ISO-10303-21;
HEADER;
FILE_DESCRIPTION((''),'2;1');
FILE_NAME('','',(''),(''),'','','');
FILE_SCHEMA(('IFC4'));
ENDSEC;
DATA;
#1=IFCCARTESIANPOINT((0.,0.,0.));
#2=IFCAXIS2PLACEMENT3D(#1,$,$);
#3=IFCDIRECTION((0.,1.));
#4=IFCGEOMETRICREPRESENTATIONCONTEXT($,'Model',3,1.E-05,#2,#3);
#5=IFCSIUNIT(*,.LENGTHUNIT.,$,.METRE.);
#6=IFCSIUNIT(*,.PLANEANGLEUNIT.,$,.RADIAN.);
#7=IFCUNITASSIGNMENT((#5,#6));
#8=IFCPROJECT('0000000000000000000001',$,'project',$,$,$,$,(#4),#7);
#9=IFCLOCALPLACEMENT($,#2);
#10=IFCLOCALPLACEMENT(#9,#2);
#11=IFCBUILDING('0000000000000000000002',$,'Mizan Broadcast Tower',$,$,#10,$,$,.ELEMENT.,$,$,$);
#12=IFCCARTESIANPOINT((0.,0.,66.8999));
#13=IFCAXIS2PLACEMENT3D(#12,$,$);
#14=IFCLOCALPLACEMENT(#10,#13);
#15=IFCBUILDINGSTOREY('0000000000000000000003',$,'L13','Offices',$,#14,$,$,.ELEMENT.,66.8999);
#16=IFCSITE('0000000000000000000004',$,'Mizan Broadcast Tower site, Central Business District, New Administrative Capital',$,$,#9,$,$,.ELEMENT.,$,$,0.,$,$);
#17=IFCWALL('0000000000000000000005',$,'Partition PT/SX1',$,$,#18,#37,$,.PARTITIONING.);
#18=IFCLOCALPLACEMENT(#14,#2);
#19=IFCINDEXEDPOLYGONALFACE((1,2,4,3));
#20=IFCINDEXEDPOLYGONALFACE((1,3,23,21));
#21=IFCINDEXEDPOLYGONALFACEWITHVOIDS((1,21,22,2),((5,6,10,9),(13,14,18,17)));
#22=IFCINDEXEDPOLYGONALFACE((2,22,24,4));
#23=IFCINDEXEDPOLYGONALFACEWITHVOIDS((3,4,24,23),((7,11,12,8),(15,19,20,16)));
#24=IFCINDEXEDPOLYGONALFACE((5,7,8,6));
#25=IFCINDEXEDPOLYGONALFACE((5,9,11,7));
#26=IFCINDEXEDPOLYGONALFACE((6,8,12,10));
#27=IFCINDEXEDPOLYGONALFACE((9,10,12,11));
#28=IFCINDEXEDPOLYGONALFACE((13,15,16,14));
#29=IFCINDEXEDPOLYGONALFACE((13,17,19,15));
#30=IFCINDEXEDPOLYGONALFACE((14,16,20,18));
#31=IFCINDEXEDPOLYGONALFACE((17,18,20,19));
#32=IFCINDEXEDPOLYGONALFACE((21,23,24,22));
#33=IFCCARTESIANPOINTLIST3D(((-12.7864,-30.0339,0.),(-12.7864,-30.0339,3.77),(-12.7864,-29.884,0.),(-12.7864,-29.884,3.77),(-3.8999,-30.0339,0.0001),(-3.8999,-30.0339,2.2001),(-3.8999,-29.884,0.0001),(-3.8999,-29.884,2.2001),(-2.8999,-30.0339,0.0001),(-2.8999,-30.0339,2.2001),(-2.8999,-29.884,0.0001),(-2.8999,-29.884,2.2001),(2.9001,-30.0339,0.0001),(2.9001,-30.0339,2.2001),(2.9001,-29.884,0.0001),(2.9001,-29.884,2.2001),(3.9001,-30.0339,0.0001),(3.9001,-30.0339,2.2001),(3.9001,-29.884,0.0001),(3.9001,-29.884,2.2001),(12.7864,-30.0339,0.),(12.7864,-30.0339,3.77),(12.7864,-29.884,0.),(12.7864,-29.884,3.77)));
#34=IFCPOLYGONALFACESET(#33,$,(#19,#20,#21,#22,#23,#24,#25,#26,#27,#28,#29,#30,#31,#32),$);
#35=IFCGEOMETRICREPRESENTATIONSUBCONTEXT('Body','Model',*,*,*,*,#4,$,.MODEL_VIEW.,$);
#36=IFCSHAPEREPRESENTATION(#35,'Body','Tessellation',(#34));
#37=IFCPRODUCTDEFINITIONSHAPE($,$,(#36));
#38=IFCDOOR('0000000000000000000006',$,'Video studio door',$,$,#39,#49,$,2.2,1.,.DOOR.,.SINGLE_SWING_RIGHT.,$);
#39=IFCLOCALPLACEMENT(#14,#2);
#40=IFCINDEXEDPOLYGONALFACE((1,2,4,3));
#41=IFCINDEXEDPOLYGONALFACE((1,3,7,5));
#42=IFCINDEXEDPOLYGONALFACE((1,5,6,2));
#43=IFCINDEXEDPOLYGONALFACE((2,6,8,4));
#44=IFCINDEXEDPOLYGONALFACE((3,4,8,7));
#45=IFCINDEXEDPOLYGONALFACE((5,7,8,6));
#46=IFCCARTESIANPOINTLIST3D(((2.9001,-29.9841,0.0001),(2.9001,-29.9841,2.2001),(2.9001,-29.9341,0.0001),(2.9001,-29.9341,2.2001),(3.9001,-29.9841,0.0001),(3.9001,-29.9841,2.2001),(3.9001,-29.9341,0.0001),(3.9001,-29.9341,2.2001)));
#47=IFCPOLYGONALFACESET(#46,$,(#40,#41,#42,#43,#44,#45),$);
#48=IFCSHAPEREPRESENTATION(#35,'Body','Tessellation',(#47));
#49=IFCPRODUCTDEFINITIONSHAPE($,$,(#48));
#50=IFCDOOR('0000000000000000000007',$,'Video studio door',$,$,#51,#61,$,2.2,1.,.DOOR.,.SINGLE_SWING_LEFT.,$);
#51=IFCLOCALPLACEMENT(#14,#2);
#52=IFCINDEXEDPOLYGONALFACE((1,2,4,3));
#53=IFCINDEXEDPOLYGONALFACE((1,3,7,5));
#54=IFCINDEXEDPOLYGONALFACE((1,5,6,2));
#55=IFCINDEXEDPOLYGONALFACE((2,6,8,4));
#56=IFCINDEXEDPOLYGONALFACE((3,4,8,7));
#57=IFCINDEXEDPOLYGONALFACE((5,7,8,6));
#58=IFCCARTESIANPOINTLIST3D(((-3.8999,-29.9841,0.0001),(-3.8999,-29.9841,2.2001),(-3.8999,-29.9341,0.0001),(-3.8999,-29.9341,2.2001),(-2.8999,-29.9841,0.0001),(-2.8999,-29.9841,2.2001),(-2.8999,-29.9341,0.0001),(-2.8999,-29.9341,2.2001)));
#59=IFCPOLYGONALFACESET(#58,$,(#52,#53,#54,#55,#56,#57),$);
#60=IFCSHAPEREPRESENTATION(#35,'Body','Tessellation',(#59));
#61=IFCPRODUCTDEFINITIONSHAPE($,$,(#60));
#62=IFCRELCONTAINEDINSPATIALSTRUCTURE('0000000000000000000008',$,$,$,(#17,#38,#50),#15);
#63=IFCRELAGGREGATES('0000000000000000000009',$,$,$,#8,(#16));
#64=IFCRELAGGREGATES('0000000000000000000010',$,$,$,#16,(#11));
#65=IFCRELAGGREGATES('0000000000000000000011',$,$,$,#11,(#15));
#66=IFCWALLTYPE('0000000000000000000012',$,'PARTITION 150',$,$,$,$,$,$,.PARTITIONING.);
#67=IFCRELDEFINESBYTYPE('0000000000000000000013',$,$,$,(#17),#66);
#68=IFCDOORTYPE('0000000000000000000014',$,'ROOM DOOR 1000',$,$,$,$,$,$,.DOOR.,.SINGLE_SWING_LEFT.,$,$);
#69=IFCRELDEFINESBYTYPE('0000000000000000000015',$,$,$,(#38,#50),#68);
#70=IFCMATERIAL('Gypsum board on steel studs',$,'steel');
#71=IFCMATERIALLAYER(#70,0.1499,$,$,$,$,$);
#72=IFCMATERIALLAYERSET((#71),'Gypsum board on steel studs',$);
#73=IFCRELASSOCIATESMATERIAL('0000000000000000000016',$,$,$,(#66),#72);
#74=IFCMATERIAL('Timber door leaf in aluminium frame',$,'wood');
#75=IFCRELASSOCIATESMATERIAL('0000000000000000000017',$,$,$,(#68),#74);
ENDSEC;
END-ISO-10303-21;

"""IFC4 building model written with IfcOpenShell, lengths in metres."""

from ifc_helpers import new_model, si_unit, direction, frame, frame_2d, origin, place, context, subcontext, project, spatial, rectangle, extrude, material, layer, layer_set, type_object, element, fill, save


model = new_model("IFC4")

# Units and contexts
model_context = context("Model", 3, precision=1e-05, world=origin(), true_north=direction((0.0, 1.0)))
body_context = subcontext(model_context, "Body", "Model", "MODEL_VIEW")
ifc_project = project(units=[si_unit("LENGTHUNIT", "METRE"), si_unit("PLANEANGLEUNIT", "RADIAN")], contexts=[model_context])

# Site, building, storey
site_placement = place(None, origin())
site = spatial("IfcSite", under=ifc_project, at=site_placement, Name="Mizan Broadcast Tower site, Central Business District, New Administrative Capital", CompositionType="ELEMENT", RefElevation=0.0)
building_placement = place(site_placement, origin())
building = spatial("IfcBuilding", under=site, at=building_placement, Name="Mizan Broadcast Tower", CompositionType="ELEMENT")
storey_placement = place(building_placement, frame((0.0, 0.0, 66.8999)))
storey = spatial("IfcBuildingStorey", under=building, at=storey_placement, Name="L13", Description="Offices", CompositionType="ELEMENT", Elevation=66.8999)

# Wall, openings, doors
ifc_material_1 = material(Name="Gypsum board on steel studs", Category="steel")
ifc_layer_1 = layer(ifc_material_1, 0.1499)
ifc_layer_set_1 = layer_set([ifc_layer_1], Name="Gypsum board on steel studs")
wall_type = type_object("IfcWallType", Name="PARTITION 150", PredefinedType="PARTITIONING", material=ifc_layer_set_1)
wall_placement = place(storey_placement, frame((-12.7864, -29.959, 0.0), z_axis=(0.0, 0.0, 1.0), x_axis=(1.0, 0.0, 0.0)))
wall = element("IfcWall", 1, at=wall_placement, inside=storey, type_object=wall_type, Name="Partition PT/SX1", PredefinedType="PARTITIONING", context=body_context, shape_type="SweptSolid", body=[
    extrude(rectangle(XDim=25.5728, YDim=0.1499, at=frame_2d((12.7864, 0.0))), origin(), (0.0, 0.0, 1.0), 3.77),
])
opening_1_placement = place(wall_placement, frame((15.6865, 0.0, 0.0)))
opening_1 = element("IfcOpeningElement", 2, at=opening_1_placement, cuts=wall, PredefinedType="OPENING", context=body_context, shape_type="SweptSolid", body=[
    extrude(rectangle(XDim=1.0, YDim=2.2, at=frame_2d((0.5, 1.1001))), frame((0.0, 0.085, 0.0), z_axis=(0.0, -1.0, 0.0), x_axis=(1.0, 0.0, 0.0)), (0.0, 0.0, 1.0), 0.1699),
])
opening_2_placement = place(wall_placement, frame((8.8865, 0.0, 0.0)))
opening_2 = element("IfcOpeningElement", 3, at=opening_2_placement, cuts=wall, PredefinedType="OPENING", context=body_context, shape_type="SweptSolid", body=[
    extrude(rectangle(XDim=1.0, YDim=2.2, at=frame_2d((0.5, 1.1001))), frame((0.0, 0.085, 0.0), z_axis=(0.0, -1.0, 0.0), x_axis=(1.0, 0.0, 0.0)), (0.0, 0.0, 1.0), 0.1699),
])
ifc_material_2 = material(Name="Timber door leaf in aluminium frame", Category="wood")
door_type = type_object("IfcDoorType", Name="ROOM DOOR 1000", OperationType="SINGLE_SWING_LEFT", PredefinedType="DOOR", material=ifc_material_2)
door_1_placement = place(opening_1_placement, origin())
door_1 = element("IfcDoor", 4, at=door_1_placement, inside=storey, type_object=door_type, Name="Video studio door", OperationType="SINGLE_SWING_RIGHT", OverallHeight=2.2, OverallWidth=1.0, PredefinedType="DOOR", context=body_context, shape_type="SweptSolid", body=[
    extrude(rectangle(XDim=1.0, YDim=2.2, at=frame_2d((0.5, 1.1001))), frame((0.0, 0.0249, 0.0), z_axis=(0.0, -1.0, 0.0), x_axis=(1.0, 0.0, 0.0)), (0.0, 0.0, 1.0), 0.05),
])
fill(opening_1, door_1)
door_2_placement = place(opening_2_placement, origin())
door_2 = element("IfcDoor", 5, at=door_2_placement, inside=storey, type_object=door_type, Name="Video studio door", OperationType="SINGLE_SWING_LEFT", OverallHeight=2.2, OverallWidth=1.0, PredefinedType="DOOR", context=body_context, shape_type="SweptSolid", body=[
    extrude(rectangle(XDim=1.0, YDim=2.2, at=frame_2d((0.5, 1.1001))), frame((0.0, 0.0249, 0.0), z_axis=(0.0, -1.0, 0.0), x_axis=(1.0, 0.0, 0.0)), (0.0, 0.0, 1.0), 0.05),
])
fill(opening_2, door_2)

save(model, "model.ifc")
